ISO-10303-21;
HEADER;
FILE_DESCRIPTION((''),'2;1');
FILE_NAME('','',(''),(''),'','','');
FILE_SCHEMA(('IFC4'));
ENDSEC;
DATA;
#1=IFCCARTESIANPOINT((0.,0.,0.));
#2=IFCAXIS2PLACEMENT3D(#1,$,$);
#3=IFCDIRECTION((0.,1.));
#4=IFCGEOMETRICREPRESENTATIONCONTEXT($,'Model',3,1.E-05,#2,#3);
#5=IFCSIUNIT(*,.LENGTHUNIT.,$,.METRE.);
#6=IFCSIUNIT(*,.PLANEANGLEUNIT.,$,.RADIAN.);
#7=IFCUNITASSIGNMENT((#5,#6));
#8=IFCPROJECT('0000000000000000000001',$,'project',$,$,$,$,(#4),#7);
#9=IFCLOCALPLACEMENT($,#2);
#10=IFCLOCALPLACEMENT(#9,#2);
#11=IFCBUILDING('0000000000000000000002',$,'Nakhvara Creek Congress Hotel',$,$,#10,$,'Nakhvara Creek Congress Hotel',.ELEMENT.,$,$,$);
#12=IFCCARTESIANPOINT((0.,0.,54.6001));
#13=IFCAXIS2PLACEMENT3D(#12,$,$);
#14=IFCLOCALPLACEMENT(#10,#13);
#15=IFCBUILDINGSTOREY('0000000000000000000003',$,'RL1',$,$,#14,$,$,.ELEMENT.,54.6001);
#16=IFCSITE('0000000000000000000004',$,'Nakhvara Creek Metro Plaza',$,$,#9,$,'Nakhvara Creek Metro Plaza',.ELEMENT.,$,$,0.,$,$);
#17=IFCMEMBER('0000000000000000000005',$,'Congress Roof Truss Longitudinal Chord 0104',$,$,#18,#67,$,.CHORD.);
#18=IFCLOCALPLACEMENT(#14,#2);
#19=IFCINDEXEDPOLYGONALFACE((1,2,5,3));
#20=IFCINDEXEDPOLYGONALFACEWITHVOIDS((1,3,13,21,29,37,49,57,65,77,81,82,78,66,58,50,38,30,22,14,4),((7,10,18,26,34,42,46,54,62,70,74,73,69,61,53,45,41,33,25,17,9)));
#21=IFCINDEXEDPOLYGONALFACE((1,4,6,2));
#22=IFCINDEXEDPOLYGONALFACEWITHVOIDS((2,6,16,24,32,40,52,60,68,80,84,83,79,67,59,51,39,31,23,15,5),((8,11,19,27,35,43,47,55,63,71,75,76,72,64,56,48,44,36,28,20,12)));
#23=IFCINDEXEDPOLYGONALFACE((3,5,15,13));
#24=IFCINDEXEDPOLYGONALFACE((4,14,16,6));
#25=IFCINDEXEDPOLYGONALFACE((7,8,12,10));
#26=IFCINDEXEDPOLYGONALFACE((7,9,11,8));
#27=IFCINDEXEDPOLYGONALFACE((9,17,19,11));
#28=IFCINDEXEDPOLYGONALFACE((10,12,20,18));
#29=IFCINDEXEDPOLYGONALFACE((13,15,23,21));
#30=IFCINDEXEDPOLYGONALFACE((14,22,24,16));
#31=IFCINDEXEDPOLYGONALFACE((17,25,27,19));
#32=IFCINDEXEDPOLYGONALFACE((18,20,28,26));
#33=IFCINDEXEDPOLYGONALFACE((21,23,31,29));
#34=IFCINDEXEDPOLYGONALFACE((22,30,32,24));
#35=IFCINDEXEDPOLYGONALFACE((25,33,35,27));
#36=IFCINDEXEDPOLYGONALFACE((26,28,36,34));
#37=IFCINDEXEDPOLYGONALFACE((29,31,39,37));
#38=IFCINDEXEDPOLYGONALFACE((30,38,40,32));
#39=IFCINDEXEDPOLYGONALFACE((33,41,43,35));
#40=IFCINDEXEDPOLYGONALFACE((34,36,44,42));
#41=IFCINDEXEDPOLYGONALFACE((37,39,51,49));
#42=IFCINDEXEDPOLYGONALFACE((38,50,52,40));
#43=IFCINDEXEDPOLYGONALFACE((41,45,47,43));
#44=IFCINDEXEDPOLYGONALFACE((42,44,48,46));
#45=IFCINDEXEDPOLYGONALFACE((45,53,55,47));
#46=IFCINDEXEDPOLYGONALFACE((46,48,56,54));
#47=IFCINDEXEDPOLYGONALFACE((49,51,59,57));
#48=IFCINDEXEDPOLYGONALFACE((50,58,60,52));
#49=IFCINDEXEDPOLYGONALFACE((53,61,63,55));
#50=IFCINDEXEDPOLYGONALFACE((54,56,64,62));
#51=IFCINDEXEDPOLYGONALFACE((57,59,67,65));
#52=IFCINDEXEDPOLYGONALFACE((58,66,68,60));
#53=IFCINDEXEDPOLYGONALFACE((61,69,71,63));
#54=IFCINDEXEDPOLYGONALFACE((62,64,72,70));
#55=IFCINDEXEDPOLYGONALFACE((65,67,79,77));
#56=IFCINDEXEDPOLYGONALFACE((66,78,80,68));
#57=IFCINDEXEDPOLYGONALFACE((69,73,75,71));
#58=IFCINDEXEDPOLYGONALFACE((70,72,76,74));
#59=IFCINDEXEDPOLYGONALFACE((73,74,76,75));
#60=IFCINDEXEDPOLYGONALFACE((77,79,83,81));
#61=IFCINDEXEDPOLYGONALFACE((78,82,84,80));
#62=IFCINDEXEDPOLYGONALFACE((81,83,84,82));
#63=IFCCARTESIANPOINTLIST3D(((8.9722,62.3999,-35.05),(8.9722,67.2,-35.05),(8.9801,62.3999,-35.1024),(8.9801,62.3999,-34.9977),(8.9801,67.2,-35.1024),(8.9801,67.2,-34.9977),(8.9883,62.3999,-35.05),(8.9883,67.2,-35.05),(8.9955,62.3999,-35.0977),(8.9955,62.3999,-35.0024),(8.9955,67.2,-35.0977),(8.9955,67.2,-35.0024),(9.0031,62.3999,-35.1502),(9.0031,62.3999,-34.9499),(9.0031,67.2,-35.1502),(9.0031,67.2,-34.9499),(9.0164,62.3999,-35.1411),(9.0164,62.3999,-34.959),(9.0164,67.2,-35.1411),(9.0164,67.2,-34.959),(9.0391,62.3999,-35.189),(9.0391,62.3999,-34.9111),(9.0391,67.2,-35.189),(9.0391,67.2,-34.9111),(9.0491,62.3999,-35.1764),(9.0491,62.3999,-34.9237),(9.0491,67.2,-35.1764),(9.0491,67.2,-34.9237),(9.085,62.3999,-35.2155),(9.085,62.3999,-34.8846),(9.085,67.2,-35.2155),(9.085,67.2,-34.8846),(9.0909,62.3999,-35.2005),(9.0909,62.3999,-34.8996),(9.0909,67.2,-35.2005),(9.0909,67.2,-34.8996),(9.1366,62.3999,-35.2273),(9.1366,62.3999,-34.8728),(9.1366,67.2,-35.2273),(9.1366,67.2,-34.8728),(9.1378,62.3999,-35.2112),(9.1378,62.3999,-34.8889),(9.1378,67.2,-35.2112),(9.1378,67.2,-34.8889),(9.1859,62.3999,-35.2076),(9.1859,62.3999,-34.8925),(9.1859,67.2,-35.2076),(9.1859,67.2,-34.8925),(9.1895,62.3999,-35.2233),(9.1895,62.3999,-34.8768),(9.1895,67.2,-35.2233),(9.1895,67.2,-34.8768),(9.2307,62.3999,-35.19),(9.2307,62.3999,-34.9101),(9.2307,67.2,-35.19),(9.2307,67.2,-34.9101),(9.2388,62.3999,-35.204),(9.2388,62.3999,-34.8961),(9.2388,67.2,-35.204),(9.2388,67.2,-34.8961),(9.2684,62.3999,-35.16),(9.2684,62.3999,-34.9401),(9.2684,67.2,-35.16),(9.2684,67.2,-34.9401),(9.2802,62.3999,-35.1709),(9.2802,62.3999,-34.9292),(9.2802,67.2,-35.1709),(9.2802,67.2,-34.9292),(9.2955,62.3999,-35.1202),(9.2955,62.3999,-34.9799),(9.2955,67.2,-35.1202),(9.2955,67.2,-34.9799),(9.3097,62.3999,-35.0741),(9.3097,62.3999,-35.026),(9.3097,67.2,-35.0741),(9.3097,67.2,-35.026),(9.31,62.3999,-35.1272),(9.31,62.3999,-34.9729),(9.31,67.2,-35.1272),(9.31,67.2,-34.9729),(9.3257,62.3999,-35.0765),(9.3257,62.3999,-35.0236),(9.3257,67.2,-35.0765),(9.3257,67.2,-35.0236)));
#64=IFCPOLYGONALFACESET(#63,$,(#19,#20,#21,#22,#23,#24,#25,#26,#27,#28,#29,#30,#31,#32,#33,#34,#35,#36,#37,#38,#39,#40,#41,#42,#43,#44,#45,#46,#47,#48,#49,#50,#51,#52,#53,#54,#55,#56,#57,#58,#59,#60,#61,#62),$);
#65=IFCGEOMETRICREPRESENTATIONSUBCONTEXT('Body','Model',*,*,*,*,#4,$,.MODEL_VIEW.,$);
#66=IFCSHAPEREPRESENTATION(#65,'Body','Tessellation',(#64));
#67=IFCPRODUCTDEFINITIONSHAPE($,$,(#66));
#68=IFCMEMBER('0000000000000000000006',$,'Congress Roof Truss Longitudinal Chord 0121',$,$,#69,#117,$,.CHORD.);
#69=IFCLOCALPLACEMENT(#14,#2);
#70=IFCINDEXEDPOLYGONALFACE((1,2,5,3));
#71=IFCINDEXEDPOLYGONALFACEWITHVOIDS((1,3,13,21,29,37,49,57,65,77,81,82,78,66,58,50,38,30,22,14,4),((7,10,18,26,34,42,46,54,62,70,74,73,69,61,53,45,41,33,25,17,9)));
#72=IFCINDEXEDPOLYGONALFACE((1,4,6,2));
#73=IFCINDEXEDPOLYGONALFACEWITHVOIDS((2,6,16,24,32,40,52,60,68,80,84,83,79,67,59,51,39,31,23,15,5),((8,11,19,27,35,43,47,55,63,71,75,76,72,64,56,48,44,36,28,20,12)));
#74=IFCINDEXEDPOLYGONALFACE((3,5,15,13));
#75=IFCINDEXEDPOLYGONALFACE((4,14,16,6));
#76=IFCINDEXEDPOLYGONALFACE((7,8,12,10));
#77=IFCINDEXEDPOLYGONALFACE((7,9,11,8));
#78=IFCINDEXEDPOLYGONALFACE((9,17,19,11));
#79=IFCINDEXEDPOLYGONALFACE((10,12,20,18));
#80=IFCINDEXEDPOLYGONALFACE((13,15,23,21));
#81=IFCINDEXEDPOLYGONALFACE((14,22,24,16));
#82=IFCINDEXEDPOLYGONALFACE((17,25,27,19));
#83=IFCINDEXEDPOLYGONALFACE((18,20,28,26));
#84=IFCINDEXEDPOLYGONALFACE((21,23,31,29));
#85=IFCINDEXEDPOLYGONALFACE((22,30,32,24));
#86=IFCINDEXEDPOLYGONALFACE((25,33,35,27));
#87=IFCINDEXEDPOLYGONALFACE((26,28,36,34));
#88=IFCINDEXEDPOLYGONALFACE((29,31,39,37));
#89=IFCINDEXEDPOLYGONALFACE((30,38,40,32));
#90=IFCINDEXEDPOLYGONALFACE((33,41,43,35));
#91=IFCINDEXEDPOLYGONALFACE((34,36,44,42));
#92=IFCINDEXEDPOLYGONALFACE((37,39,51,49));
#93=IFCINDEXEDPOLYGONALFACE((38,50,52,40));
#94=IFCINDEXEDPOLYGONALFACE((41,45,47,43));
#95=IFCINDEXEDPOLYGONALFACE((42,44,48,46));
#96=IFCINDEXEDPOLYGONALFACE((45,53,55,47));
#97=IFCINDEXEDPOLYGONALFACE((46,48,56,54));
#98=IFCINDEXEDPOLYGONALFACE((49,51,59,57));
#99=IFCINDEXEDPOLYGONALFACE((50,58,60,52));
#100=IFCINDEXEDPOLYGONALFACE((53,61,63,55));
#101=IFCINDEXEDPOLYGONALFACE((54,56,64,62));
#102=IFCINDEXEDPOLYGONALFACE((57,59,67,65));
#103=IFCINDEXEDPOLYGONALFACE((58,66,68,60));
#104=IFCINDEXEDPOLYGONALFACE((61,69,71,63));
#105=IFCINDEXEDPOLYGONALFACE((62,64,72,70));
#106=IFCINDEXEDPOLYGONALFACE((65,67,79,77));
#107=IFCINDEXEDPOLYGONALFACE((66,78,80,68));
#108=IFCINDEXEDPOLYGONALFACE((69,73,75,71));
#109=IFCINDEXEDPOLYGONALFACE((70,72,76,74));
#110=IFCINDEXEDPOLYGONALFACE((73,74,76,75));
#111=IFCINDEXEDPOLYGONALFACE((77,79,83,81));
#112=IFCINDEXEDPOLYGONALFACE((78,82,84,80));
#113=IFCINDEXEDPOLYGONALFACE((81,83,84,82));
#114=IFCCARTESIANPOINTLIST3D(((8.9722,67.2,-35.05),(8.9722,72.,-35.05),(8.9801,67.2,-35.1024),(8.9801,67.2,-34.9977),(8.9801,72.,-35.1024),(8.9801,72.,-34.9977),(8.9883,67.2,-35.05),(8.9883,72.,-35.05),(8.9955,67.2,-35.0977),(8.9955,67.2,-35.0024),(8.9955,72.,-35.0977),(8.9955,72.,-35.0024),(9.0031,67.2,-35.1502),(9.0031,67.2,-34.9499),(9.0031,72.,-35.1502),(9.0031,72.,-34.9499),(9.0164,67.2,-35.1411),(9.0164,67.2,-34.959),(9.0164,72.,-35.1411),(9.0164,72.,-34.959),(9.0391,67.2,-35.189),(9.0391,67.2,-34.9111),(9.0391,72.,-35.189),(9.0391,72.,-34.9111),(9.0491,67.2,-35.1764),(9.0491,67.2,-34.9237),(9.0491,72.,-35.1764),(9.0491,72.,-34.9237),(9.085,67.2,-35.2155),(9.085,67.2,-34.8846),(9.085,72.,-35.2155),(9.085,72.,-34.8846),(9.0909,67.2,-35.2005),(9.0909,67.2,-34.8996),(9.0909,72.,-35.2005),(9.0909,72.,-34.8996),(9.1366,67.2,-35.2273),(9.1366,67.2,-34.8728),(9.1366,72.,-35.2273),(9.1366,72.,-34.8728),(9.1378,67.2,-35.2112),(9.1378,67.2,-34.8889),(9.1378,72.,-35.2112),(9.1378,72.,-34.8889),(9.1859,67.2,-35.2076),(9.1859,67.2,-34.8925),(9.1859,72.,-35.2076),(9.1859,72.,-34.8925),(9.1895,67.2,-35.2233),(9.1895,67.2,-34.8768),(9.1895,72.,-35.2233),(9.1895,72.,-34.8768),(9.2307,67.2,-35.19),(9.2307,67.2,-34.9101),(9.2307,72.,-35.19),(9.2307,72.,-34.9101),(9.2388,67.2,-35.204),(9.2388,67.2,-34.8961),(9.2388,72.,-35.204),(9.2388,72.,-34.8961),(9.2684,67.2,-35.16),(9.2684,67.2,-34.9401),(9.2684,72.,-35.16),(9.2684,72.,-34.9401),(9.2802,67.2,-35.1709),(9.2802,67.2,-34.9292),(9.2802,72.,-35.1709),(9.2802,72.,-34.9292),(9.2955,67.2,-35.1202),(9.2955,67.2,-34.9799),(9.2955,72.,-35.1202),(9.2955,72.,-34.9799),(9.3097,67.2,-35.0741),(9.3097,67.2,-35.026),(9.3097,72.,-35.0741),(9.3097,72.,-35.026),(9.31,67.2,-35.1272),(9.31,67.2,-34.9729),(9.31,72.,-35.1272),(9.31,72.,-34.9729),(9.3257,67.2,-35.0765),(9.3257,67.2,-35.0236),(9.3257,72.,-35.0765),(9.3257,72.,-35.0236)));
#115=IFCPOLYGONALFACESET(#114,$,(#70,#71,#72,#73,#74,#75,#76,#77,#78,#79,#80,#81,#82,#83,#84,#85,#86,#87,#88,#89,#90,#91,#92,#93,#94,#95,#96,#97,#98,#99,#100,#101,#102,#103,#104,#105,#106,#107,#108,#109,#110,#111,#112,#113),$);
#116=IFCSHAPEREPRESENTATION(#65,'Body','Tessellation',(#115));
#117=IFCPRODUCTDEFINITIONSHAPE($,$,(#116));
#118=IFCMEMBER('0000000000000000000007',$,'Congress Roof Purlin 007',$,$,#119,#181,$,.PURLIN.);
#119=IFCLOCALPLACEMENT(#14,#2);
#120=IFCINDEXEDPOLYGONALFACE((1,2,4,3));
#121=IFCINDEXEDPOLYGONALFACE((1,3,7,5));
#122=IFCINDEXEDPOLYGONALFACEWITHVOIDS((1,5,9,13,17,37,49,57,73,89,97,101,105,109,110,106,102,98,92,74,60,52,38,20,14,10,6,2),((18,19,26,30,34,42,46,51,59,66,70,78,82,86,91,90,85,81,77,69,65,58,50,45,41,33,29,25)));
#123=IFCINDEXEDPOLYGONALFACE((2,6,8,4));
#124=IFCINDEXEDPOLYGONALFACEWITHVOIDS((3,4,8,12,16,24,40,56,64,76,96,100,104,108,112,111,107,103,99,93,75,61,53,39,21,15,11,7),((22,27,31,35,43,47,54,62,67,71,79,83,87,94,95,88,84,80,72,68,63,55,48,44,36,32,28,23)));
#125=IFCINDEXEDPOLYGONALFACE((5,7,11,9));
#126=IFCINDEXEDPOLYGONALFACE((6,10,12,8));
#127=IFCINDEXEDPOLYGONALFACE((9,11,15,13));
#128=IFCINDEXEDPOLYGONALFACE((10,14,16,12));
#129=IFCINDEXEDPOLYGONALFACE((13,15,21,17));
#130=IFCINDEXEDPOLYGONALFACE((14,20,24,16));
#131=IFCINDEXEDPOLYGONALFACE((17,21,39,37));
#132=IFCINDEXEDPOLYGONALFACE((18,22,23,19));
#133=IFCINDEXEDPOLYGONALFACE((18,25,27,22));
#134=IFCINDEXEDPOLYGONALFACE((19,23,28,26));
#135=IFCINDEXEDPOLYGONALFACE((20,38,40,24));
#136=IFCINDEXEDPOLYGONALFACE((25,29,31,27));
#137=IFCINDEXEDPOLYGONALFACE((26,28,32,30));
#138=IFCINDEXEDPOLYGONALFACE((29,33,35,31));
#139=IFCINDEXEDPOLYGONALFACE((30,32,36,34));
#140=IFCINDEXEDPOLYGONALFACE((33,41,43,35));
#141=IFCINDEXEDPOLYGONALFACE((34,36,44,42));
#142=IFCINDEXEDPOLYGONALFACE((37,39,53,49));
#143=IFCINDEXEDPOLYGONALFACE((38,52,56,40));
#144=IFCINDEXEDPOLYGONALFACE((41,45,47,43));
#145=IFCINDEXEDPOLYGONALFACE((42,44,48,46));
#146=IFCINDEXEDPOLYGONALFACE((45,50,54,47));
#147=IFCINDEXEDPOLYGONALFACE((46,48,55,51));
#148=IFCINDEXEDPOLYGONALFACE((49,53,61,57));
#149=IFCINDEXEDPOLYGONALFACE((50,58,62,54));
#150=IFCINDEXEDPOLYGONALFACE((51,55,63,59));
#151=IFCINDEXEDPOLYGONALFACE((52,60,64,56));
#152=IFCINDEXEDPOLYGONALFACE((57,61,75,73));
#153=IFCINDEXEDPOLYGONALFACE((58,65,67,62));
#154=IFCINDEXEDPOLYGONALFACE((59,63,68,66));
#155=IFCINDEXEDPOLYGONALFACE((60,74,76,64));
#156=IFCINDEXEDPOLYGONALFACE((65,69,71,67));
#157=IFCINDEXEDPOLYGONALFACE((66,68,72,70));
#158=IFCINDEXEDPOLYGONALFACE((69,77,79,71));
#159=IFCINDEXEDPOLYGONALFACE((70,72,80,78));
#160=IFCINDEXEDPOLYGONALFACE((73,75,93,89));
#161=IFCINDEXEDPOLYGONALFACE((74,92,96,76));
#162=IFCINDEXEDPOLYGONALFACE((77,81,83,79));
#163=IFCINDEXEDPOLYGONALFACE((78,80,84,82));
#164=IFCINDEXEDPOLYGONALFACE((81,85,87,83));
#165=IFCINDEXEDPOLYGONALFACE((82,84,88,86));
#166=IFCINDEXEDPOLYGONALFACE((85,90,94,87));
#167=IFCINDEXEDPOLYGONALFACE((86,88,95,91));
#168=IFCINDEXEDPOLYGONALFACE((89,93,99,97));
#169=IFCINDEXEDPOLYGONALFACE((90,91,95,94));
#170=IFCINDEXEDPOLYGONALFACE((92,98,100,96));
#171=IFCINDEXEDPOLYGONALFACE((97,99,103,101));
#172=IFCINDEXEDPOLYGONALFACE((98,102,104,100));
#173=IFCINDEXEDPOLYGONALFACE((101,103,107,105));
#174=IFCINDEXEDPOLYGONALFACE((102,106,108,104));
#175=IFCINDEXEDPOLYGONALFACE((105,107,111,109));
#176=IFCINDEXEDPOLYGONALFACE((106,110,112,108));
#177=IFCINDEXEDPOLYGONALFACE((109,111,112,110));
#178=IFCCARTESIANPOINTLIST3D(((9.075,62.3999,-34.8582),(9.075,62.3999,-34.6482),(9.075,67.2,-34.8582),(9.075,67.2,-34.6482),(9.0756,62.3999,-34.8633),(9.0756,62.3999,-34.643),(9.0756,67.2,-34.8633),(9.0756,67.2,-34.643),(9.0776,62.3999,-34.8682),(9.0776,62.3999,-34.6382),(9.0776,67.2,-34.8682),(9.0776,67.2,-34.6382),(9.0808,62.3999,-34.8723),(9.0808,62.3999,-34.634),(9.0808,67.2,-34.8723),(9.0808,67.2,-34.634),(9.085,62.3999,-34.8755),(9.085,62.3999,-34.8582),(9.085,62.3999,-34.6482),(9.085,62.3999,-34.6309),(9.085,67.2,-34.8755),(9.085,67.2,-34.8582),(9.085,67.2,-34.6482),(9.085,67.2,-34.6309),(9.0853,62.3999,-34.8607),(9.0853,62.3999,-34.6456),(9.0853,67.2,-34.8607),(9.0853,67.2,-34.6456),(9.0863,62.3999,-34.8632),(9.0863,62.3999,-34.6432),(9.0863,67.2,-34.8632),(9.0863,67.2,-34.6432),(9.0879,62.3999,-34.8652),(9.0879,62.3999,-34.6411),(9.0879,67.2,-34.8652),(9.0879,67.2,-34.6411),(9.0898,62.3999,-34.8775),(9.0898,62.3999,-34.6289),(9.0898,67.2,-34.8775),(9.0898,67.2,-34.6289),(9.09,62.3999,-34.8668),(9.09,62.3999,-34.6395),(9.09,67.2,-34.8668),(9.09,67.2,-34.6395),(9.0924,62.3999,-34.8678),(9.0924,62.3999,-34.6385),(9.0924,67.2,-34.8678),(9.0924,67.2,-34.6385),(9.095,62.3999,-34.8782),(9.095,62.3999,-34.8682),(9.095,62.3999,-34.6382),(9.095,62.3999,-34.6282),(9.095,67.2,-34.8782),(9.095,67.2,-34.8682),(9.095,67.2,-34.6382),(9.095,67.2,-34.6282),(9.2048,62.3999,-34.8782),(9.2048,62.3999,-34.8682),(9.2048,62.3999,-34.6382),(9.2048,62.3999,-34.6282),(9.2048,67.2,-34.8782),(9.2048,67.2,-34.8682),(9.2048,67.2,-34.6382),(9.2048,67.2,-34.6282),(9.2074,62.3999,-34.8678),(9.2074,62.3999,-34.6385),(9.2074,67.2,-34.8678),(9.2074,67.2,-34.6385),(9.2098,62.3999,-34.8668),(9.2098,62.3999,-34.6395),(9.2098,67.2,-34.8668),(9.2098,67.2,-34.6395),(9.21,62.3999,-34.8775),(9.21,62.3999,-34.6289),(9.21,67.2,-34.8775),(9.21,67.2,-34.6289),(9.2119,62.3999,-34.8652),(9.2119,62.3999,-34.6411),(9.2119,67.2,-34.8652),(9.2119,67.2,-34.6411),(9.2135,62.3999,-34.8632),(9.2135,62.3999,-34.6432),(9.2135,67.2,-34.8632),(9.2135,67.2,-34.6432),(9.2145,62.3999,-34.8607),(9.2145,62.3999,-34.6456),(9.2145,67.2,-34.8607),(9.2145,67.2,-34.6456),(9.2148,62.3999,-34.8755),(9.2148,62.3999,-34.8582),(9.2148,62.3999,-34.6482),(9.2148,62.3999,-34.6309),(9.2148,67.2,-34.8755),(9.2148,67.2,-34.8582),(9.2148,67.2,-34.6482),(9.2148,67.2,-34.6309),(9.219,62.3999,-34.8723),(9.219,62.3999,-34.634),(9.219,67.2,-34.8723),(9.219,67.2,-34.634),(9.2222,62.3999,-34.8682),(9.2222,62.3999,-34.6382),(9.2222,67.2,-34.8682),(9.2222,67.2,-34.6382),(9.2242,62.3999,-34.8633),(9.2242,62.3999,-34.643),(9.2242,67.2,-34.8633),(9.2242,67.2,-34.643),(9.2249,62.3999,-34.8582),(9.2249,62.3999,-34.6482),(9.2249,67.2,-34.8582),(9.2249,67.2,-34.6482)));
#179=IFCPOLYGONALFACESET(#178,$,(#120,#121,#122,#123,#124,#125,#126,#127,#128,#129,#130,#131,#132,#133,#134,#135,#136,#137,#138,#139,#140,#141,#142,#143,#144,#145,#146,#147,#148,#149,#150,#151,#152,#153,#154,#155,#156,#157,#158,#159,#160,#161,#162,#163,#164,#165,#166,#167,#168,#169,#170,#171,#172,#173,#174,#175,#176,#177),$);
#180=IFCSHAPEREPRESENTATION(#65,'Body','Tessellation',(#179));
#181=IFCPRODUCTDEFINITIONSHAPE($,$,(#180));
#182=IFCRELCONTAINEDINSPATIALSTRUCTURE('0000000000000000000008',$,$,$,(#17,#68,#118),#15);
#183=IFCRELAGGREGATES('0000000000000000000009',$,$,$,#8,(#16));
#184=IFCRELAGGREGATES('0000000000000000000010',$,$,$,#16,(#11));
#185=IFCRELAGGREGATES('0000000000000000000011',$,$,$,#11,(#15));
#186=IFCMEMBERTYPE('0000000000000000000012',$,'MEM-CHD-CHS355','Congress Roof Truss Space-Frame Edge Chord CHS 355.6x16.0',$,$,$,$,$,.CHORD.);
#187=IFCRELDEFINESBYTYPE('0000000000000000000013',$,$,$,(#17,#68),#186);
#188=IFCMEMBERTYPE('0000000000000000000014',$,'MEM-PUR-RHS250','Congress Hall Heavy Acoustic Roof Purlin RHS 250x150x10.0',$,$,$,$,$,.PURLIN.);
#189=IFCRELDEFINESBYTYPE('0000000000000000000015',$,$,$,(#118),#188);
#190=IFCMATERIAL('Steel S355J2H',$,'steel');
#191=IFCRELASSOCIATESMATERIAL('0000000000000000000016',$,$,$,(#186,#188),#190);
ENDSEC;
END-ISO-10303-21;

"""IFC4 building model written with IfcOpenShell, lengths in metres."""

from ifc_helpers import new_model, si_unit, direction, frame, origin, origin_2d, place, context, subcontext, project, spatial, hollow_rectangle, hollow_circle, extrude, material, material_profile, profile_set, type_object, element, save


model = new_model("IFC4")

# Units and contexts
model_context = context("Model", 3, precision=1e-05, world=origin(), true_north=direction((0.0, 1.0)))
body_context = subcontext(model_context, "Body", "Model", "MODEL_VIEW")
ifc_project = project(units=[si_unit("LENGTHUNIT", "METRE"), si_unit("PLANEANGLEUNIT", "RADIAN")], contexts=[model_context])

# Site, building, storey
site_placement = place(None, origin())
site = spatial("IfcSite", under=ifc_project, at=site_placement, Name="Nakhvara Creek Metro Plaza", LongName="Nakhvara Creek Metro Plaza", CompositionType="ELEMENT", RefElevation=0.0)
building_placement = place(site_placement, origin())
building = spatial("IfcBuilding", under=site, at=building_placement, Name="Nakhvara Creek Congress Hotel", LongName="Nakhvara Creek Congress Hotel", CompositionType="ELEMENT")
storey_placement = place(building_placement, frame((0.0, 0.0, 54.6001)))
storey = spatial("IfcBuildingStorey", under=building, at=storey_placement, Name="RL1", CompositionType="ELEMENT", Elevation=54.6001)

# Members
ifc_material_1 = material(Name="Steel S355J2H", Category="steel")
ifc_material_profile_1 = material_profile(ifc_material_1, hollow_circle(Radius=0.1777, WallThickness=0.0161, at=origin_2d()), Name="CHS 355.6x16.0", Category="LoadBearing")
ifc_profile_set_1 = profile_set([ifc_material_profile_1], Name="Steel S355J2H")
member_type_1 = type_object("IfcMemberType", Name="MEM-CHD-CHS355", Description="Congress Roof Truss Space-Frame Edge Chord CHS 355.6x16.0", PredefinedType="CHORD", material=ifc_profile_set_1)
for number, where, z_axis, x_axis, name in (
    (1, (9.1499, 62.3999, -35.05), (0.0, 1.0, 0.0), (-1.0, 0.0, 0.0), "Congress Roof Truss Longitudinal Chord 0104"),
    (2, (9.1499, 67.2, -35.05), (0.0, 1.0, 0.0), (-1.0, 0.0, 0.0), "Congress Roof Truss Longitudinal Chord 0121"),
):
    element("IfcMember", number, at=place(storey_placement, frame(where, z_axis=z_axis, x_axis=x_axis)), inside=storey, type_object=member_type_1, Name=name, PredefinedType="CHORD", context=body_context, shape_type="SweptSolid", body=[
        extrude(hollow_circle(Radius=0.1777, WallThickness=0.0161, at=origin_2d()), origin(), (0.0, 0.0, 1.0), 4.8),
    ])
ifc_material_profile_2 = material_profile(ifc_material_1, hollow_rectangle(XDim=0.1499, YDim=0.25, WallThickness=0.01, InnerFilletRadius=0.01, OuterFilletRadius=0.02, at=origin_2d()), Name="RHS 250x150x10.0", Category="LoadBearing")
ifc_profile_set_2 = profile_set([ifc_material_profile_2], Name="Steel S355J2H")
member_type_2 = type_object("IfcMemberType", Name="MEM-PUR-RHS250", Description="Congress Hall Heavy Acoustic Roof Purlin RHS 250x150x10.0", PredefinedType="PURLIN", material=ifc_profile_set_2)
for number, where, z_axis, x_axis, name in (
    (3, (9.1499, 62.3999, -34.7532), (0.0, 1.0, 0.0), (-1.0, 0.0, 0.0), "Congress Roof Purlin 007"),
):
    element("IfcMember", number, at=place(storey_placement, frame(where, z_axis=z_axis, x_axis=x_axis)), inside=storey, type_object=member_type_2, Name=name, PredefinedType="PURLIN", context=body_context, shape_type="SweptSolid", body=[
        extrude(hollow_rectangle(XDim=0.1499, YDim=0.25, WallThickness=0.01, InnerFilletRadius=0.01, OuterFilletRadius=0.02, at=origin_2d()), origin(), (0.0, 0.0, 1.0), 4.8),
    ])

save(model, "model.ifc")
